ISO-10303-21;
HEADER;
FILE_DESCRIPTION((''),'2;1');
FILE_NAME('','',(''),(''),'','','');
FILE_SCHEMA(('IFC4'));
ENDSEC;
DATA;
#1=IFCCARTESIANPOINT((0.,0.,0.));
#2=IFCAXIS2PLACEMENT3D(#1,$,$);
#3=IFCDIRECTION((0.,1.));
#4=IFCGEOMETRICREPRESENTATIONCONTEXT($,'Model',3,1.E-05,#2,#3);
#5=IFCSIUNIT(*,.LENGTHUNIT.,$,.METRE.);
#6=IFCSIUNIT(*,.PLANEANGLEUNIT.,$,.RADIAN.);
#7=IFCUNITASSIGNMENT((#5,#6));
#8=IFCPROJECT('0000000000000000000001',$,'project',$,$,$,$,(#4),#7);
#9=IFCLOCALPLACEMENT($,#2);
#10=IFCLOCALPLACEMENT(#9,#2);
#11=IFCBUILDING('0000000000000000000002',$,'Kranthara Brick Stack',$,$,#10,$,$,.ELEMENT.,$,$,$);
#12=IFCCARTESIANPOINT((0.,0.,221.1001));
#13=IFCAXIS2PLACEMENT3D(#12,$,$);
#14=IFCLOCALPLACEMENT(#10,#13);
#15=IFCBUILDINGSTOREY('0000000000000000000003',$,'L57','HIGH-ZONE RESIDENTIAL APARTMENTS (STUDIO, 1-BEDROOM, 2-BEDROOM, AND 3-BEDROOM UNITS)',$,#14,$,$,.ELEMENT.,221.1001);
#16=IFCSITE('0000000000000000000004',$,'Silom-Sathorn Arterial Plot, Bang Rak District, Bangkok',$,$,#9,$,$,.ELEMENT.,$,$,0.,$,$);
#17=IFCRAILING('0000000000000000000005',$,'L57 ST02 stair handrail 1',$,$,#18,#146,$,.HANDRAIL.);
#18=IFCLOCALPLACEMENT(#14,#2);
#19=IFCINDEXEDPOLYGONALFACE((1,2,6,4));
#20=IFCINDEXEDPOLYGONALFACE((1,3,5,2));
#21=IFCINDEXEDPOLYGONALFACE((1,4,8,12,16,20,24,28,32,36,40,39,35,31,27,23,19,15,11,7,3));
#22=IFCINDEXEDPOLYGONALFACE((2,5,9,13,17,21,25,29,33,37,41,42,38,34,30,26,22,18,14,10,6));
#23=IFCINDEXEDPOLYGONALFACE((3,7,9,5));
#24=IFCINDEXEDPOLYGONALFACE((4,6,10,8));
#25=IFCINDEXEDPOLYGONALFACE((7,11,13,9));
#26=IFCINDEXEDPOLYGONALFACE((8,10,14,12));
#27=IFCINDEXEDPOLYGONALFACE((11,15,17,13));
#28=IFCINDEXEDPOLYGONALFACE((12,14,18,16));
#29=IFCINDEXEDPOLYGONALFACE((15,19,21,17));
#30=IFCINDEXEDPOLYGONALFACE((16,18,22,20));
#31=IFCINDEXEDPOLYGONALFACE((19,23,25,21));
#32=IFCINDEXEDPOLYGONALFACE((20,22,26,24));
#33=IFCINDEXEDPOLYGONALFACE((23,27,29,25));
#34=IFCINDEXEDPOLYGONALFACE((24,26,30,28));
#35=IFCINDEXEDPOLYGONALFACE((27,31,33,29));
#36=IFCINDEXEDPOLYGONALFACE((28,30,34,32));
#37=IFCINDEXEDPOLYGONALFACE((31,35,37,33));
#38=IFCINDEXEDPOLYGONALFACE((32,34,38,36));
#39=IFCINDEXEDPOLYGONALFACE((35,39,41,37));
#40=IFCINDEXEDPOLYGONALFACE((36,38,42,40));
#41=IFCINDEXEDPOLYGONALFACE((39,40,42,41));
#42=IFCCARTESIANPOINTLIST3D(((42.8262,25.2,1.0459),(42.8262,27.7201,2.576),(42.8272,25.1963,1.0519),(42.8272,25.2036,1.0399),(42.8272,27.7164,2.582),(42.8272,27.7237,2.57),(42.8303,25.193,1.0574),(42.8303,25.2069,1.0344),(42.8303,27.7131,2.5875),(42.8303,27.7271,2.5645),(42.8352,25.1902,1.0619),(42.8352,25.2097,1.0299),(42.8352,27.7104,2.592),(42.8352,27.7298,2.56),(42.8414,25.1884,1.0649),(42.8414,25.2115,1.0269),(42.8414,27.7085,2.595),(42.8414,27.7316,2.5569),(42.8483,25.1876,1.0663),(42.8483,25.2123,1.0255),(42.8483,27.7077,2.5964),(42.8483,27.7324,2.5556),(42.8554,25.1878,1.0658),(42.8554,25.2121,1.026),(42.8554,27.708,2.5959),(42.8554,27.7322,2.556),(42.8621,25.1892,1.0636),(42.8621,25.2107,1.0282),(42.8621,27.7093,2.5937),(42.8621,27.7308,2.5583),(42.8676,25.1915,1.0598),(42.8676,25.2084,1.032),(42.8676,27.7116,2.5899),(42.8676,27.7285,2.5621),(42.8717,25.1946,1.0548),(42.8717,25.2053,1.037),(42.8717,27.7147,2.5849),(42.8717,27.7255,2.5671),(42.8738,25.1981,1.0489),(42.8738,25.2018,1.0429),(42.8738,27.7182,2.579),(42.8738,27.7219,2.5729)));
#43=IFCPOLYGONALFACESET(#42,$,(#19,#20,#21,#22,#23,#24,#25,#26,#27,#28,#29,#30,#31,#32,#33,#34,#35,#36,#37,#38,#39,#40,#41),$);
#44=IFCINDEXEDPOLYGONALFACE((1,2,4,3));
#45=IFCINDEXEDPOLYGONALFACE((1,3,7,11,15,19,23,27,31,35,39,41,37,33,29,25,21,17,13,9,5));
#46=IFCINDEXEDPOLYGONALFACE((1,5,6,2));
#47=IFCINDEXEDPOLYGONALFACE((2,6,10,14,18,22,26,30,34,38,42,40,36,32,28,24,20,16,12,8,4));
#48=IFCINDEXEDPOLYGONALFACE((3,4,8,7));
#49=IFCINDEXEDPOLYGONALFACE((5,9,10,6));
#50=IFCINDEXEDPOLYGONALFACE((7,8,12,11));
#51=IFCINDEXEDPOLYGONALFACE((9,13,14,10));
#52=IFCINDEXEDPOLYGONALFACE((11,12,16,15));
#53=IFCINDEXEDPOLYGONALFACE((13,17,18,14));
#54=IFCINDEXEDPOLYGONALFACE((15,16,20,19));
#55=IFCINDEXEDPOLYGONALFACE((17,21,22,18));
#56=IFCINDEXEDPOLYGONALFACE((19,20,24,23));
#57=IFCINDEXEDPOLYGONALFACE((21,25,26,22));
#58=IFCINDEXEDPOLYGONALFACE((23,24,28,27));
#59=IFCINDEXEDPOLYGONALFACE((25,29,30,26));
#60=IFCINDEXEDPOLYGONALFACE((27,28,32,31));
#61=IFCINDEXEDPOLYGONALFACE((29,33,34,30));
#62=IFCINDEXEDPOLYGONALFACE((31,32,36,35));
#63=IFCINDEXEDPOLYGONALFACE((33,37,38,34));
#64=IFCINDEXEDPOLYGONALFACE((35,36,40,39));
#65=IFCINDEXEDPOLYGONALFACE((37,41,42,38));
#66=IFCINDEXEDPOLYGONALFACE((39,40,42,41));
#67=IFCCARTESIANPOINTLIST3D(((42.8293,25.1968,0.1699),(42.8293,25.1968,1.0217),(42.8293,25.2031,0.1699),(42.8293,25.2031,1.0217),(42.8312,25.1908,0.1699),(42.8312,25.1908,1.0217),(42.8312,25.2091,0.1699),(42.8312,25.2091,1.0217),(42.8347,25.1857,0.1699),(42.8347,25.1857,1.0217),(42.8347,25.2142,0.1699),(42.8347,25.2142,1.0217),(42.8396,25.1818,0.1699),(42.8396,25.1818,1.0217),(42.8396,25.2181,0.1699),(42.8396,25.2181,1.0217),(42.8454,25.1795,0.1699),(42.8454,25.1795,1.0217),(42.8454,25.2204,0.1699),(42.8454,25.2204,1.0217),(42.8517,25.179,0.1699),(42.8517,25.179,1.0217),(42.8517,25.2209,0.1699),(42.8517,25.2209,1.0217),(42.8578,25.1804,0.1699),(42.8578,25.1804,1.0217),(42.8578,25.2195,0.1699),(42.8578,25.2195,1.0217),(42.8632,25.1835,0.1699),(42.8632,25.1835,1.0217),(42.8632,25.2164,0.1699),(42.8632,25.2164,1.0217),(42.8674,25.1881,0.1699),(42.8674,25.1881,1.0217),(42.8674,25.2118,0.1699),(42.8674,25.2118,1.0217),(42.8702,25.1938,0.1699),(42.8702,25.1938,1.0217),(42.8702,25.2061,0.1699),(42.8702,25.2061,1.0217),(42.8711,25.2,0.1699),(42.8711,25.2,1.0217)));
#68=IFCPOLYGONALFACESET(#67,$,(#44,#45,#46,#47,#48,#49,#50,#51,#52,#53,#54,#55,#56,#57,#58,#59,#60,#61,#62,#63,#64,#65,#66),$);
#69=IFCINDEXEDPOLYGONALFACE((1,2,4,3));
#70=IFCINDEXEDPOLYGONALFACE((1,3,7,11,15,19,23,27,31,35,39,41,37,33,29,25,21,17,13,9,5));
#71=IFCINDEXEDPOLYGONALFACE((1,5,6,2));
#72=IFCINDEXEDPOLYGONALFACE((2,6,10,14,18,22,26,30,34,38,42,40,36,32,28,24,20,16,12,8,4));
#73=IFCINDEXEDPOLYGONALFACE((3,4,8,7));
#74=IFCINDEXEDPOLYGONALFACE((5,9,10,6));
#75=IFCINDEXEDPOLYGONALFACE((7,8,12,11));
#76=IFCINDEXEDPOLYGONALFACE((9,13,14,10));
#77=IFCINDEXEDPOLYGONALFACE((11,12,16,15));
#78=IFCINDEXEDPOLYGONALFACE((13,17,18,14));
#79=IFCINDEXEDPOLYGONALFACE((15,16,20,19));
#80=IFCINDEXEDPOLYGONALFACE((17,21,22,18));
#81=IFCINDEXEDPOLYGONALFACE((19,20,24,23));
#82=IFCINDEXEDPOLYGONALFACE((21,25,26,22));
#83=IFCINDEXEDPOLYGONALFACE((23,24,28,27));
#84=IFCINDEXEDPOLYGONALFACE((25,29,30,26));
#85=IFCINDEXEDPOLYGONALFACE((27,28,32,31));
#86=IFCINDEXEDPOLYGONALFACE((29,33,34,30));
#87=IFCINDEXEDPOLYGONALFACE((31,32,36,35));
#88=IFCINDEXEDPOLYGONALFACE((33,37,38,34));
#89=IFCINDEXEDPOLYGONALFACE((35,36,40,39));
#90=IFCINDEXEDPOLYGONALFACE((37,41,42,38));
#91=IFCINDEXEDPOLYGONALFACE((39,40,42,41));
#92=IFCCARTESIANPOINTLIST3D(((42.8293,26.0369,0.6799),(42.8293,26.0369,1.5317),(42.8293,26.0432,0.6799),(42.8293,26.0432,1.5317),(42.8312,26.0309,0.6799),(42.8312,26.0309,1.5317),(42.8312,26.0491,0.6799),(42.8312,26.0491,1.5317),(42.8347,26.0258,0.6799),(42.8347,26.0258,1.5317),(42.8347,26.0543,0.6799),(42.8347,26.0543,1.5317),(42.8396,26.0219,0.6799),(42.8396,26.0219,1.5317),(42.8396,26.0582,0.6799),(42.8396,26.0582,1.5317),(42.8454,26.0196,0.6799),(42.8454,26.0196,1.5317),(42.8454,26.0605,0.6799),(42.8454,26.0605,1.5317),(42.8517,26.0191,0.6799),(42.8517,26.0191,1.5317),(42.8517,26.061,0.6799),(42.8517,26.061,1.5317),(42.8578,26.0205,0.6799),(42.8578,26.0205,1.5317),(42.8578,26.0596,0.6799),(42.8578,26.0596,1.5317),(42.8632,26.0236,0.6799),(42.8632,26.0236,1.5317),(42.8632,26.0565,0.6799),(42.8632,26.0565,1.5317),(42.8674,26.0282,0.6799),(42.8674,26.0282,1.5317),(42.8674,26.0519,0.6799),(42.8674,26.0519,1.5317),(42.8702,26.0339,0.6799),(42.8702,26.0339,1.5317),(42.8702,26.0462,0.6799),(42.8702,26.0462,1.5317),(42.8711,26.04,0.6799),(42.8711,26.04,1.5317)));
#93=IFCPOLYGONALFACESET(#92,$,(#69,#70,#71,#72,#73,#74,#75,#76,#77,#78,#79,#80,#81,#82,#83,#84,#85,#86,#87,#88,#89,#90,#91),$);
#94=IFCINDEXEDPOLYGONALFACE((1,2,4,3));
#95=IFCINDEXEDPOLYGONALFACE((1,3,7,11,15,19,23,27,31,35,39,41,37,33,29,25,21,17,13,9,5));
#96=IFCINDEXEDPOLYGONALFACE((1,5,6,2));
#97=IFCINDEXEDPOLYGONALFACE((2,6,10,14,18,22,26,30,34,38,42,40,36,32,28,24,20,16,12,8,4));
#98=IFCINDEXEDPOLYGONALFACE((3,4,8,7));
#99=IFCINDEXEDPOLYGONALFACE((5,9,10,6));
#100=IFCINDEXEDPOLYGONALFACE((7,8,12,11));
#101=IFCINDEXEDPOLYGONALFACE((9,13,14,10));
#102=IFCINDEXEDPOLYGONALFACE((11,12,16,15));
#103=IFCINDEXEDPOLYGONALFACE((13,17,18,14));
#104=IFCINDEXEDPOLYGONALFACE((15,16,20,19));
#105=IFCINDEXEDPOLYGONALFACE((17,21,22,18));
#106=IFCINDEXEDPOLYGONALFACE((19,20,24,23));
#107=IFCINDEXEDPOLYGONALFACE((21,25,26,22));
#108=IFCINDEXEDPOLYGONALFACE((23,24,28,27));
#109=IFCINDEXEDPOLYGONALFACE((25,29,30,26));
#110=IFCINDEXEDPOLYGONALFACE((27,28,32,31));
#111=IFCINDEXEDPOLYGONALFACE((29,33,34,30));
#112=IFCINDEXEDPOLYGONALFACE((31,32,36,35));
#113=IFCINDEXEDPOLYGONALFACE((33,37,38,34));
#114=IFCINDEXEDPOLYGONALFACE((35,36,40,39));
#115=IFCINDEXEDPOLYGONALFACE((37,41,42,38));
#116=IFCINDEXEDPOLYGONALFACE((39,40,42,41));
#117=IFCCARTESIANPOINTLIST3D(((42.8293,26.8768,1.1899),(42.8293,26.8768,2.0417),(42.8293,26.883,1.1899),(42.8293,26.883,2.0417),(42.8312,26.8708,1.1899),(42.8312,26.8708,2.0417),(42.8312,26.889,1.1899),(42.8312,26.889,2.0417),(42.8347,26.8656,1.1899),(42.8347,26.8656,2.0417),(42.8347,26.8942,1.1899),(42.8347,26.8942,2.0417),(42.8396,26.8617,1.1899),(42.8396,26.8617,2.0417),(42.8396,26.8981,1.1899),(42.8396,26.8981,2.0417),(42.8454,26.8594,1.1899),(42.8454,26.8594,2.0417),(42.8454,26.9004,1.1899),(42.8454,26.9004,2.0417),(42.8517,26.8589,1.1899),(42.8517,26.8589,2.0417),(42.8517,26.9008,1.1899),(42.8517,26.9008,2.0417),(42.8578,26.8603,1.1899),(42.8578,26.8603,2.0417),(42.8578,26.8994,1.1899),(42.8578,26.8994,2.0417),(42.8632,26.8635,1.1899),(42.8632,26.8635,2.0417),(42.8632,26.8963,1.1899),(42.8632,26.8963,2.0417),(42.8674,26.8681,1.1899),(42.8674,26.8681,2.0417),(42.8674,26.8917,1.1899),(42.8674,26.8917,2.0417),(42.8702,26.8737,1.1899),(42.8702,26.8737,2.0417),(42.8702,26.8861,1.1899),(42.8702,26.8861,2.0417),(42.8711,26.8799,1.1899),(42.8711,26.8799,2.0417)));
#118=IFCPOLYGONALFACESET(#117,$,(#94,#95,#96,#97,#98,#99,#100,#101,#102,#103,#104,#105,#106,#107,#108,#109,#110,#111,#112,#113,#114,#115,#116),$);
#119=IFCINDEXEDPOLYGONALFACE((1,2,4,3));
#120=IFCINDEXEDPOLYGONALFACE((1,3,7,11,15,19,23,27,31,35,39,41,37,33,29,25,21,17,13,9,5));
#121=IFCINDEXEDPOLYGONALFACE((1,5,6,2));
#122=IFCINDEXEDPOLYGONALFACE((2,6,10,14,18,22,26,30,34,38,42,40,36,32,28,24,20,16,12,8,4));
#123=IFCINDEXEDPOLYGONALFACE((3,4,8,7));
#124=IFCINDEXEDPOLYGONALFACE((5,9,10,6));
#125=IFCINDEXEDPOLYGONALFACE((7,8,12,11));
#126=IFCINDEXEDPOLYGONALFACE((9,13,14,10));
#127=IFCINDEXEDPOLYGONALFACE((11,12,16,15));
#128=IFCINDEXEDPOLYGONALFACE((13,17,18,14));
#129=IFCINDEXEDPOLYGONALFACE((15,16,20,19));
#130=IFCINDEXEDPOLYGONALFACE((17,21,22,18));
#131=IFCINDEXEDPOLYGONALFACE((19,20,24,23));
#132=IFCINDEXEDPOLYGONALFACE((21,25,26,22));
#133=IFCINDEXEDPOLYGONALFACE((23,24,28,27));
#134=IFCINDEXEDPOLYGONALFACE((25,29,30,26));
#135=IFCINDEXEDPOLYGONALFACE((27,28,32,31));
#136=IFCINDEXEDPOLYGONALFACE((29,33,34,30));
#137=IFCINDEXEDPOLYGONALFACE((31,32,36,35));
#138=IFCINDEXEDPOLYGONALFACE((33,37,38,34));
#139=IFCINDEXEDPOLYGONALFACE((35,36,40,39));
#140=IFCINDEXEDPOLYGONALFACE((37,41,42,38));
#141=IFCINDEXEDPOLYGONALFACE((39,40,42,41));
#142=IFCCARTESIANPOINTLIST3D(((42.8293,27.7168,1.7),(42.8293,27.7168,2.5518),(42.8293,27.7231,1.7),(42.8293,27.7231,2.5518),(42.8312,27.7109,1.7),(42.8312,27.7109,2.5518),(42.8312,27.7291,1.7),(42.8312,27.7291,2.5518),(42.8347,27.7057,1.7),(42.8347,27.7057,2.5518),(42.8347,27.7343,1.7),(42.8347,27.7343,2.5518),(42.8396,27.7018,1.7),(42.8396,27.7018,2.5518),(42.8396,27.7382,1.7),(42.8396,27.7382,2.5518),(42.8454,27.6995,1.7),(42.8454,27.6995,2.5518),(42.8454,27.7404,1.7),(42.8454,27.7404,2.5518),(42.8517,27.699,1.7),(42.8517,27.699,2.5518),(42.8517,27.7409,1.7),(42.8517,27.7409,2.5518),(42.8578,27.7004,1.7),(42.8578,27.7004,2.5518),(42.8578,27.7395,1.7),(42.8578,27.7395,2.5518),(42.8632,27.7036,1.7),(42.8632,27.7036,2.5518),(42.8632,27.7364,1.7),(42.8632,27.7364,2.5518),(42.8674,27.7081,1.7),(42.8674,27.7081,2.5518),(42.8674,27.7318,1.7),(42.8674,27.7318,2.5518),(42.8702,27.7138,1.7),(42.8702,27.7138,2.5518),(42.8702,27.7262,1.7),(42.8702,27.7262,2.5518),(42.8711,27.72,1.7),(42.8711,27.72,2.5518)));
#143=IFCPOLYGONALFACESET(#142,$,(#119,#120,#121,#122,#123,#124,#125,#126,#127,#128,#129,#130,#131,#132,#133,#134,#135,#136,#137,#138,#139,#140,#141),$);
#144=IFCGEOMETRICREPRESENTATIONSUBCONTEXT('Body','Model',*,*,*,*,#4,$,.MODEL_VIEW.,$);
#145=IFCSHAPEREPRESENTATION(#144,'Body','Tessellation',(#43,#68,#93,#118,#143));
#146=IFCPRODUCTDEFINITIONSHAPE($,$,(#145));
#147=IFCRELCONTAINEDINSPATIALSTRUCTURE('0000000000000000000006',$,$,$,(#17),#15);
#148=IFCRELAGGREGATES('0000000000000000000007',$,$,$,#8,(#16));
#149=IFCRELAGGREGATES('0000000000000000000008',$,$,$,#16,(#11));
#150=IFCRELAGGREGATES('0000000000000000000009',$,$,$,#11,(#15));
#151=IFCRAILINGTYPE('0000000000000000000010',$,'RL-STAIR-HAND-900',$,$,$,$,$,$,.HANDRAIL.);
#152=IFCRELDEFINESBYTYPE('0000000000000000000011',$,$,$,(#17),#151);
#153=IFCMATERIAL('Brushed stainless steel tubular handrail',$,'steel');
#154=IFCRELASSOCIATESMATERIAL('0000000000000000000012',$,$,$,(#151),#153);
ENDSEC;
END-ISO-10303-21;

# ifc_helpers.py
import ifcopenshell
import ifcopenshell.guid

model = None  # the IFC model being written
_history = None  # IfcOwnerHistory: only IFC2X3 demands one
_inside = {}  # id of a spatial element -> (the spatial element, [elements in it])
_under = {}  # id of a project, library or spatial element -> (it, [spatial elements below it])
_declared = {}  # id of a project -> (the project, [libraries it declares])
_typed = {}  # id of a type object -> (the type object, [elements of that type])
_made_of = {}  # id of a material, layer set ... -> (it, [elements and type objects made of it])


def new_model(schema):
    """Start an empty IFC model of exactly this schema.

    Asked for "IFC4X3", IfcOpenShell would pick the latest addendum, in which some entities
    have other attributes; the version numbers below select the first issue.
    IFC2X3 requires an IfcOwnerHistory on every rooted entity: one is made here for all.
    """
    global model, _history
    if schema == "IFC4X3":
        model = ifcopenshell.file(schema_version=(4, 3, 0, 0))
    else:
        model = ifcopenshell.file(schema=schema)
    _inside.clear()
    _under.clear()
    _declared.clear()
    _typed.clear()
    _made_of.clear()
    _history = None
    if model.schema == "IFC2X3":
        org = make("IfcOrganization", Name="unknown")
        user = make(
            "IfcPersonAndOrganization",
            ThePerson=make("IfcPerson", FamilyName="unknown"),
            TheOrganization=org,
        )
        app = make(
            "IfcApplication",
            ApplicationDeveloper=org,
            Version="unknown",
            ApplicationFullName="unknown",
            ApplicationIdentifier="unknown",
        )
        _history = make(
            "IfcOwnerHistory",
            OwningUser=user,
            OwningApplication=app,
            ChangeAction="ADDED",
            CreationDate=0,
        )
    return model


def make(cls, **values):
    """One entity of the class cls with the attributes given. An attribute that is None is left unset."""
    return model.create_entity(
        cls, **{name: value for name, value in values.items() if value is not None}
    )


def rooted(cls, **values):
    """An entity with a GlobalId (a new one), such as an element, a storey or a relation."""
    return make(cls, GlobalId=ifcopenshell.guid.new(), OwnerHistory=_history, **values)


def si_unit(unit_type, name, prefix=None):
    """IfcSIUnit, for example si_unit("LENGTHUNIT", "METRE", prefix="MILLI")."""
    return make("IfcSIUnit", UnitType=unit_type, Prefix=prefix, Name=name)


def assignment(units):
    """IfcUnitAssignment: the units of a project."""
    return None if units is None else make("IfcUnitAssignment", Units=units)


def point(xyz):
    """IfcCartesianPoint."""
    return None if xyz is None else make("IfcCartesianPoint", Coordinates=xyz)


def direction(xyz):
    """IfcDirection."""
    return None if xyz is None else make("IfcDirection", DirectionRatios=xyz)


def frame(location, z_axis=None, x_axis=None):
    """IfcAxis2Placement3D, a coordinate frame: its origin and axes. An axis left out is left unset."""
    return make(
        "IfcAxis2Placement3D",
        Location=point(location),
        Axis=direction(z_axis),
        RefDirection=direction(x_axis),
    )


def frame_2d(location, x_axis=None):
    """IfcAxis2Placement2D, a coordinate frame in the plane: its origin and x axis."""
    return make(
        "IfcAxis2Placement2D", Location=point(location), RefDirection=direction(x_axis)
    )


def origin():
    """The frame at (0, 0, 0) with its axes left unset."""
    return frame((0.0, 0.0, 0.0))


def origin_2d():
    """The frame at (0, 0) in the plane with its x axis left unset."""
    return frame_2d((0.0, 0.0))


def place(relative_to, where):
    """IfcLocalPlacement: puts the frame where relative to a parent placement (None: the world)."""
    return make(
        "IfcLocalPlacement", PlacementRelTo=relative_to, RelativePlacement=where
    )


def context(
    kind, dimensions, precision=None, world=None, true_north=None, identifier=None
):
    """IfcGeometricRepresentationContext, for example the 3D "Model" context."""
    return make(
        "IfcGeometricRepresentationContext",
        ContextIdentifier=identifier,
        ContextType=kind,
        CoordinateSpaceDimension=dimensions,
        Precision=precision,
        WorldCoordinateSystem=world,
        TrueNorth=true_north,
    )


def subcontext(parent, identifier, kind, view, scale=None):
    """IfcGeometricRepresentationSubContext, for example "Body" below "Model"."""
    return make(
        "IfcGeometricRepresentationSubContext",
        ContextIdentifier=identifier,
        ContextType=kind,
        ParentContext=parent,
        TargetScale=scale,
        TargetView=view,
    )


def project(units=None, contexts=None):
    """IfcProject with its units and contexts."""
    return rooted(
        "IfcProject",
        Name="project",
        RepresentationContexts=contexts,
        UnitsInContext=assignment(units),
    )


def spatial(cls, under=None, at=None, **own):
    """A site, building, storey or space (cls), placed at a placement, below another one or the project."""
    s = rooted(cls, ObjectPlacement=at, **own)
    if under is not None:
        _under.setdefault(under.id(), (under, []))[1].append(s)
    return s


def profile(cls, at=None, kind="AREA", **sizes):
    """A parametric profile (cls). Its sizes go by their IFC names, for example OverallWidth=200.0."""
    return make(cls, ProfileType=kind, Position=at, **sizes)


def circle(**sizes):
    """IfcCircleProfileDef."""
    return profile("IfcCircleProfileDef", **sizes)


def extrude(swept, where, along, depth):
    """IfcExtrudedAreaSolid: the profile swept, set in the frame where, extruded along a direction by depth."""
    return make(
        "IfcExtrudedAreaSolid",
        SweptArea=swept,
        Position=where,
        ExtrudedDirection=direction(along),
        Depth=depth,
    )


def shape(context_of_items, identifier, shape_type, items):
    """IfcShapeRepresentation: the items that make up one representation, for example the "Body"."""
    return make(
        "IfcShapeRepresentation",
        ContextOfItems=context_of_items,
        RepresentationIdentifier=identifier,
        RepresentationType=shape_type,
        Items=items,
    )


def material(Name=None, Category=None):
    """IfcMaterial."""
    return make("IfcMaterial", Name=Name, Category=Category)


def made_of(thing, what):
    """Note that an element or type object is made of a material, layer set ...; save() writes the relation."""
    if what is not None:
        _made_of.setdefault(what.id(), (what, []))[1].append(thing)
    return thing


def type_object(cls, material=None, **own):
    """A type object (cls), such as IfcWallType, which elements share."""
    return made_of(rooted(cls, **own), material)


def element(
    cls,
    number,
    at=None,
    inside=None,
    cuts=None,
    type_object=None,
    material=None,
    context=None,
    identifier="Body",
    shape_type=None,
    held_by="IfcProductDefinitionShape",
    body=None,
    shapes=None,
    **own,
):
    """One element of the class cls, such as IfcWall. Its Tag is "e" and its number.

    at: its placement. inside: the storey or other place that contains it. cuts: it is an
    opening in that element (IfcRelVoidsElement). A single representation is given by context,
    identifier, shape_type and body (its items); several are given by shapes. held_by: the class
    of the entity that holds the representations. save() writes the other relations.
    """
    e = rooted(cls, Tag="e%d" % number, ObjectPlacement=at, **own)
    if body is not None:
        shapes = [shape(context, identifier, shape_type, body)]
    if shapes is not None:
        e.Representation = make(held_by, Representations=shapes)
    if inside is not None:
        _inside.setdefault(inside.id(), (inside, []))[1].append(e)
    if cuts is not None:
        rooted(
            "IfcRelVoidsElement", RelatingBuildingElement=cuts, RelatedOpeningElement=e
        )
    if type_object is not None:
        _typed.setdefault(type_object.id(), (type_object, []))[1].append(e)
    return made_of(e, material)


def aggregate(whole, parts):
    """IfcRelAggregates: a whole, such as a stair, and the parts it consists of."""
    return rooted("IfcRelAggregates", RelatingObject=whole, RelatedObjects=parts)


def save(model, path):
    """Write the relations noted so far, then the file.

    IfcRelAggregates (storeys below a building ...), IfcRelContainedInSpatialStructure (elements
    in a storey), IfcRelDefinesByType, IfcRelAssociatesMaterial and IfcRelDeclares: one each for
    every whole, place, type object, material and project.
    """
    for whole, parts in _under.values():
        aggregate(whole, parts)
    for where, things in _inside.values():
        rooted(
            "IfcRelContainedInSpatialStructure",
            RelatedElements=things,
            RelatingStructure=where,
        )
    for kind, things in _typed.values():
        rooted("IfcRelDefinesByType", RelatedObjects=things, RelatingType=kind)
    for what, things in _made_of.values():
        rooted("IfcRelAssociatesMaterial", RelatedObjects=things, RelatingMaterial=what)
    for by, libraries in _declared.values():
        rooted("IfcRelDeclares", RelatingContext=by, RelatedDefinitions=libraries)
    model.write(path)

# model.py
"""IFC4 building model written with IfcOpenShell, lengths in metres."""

from ifc_helpers import new_model, si_unit, direction, frame, origin, origin_2d, place, context, subcontext, project, spatial, circle, extrude, material, type_object, element, save


model = new_model("IFC4")

# Units and contexts
model_context = context("Model", 3, precision=1e-05, world=origin(), true_north=direction((0.0, 1.0)))
body_context = subcontext(model_context, "Body", "Model", "MODEL_VIEW")
ifc_project = project(units=[si_unit("LENGTHUNIT", "METRE"), si_unit("PLANEANGLEUNIT", "RADIAN")], contexts=[model_context])

# Site, building, storey
site_placement = place(None, origin())
site = spatial("IfcSite", under=ifc_project, at=site_placement, Name="Silom-Sathorn Arterial Plot, Bang Rak District, Bangkok", CompositionType="ELEMENT", RefElevation=0.0)
building_placement = place(site_placement, origin())
building = spatial("IfcBuilding", under=site, at=building_placement, Name="Kranthara Brick Stack", CompositionType="ELEMENT")
storey_placement = place(building_placement, frame((0.0, 0.0, 221.1001)))
storey = spatial("IfcBuildingStorey", under=building, at=storey_placement, Name="L57", Description="HIGH-ZONE RESIDENTIAL APARTMENTS (STUDIO, 1-BEDROOM, 2-BEDROOM, AND 3-BEDROOM UNITS)", CompositionType="ELEMENT", Elevation=221.1001)

# Railing
ifc_material_1 = material(Name="Brushed stainless steel tubular handrail", Category="steel")
railing_type_1 = type_object("IfcRailingType", Name="RL-STAIR-HAND-900", PredefinedType="HANDRAIL", material=ifc_material_1)
railing_1_placement = place(storey_placement, frame((42.8501, 25.2, 0.1699)))
element("IfcRailing", 1, at=railing_1_placement, inside=storey, type_object=railing_type_1, Name="L57 ST02 stair handrail 1", PredefinedType="HANDRAIL", context=body_context, shape_type="SweptSolid", body=[
    extrude(circle(Radius=0.0239, at=origin_2d()), frame((0.0, 0.0, 0.876), z_axis=(0.0, 0.854785, 0.518982), x_axis=(-1.0, 0.0, 0.0)), (0.0, 0.0, 1.0), 2.9482),
    extrude(circle(Radius=0.021, at=origin_2d()), origin(), (0.0, 0.0, 1.0), 0.8518),
    extrude(circle(Radius=0.021, at=origin_2d()), frame((0.0, 0.8401, 0.51)), (0.0, 0.0, 1.0), 0.8518),
    extrude(circle(Radius=0.021, at=origin_2d()), frame((0.0, 1.6799, 1.02)), (0.0, 0.0, 1.0), 0.8518),
    extrude(circle(Radius=0.021, at=origin_2d()), frame((0.0, 2.52, 1.53)), (0.0, 0.0, 1.0), 0.8518),
])

save(model, "model.ifc")
